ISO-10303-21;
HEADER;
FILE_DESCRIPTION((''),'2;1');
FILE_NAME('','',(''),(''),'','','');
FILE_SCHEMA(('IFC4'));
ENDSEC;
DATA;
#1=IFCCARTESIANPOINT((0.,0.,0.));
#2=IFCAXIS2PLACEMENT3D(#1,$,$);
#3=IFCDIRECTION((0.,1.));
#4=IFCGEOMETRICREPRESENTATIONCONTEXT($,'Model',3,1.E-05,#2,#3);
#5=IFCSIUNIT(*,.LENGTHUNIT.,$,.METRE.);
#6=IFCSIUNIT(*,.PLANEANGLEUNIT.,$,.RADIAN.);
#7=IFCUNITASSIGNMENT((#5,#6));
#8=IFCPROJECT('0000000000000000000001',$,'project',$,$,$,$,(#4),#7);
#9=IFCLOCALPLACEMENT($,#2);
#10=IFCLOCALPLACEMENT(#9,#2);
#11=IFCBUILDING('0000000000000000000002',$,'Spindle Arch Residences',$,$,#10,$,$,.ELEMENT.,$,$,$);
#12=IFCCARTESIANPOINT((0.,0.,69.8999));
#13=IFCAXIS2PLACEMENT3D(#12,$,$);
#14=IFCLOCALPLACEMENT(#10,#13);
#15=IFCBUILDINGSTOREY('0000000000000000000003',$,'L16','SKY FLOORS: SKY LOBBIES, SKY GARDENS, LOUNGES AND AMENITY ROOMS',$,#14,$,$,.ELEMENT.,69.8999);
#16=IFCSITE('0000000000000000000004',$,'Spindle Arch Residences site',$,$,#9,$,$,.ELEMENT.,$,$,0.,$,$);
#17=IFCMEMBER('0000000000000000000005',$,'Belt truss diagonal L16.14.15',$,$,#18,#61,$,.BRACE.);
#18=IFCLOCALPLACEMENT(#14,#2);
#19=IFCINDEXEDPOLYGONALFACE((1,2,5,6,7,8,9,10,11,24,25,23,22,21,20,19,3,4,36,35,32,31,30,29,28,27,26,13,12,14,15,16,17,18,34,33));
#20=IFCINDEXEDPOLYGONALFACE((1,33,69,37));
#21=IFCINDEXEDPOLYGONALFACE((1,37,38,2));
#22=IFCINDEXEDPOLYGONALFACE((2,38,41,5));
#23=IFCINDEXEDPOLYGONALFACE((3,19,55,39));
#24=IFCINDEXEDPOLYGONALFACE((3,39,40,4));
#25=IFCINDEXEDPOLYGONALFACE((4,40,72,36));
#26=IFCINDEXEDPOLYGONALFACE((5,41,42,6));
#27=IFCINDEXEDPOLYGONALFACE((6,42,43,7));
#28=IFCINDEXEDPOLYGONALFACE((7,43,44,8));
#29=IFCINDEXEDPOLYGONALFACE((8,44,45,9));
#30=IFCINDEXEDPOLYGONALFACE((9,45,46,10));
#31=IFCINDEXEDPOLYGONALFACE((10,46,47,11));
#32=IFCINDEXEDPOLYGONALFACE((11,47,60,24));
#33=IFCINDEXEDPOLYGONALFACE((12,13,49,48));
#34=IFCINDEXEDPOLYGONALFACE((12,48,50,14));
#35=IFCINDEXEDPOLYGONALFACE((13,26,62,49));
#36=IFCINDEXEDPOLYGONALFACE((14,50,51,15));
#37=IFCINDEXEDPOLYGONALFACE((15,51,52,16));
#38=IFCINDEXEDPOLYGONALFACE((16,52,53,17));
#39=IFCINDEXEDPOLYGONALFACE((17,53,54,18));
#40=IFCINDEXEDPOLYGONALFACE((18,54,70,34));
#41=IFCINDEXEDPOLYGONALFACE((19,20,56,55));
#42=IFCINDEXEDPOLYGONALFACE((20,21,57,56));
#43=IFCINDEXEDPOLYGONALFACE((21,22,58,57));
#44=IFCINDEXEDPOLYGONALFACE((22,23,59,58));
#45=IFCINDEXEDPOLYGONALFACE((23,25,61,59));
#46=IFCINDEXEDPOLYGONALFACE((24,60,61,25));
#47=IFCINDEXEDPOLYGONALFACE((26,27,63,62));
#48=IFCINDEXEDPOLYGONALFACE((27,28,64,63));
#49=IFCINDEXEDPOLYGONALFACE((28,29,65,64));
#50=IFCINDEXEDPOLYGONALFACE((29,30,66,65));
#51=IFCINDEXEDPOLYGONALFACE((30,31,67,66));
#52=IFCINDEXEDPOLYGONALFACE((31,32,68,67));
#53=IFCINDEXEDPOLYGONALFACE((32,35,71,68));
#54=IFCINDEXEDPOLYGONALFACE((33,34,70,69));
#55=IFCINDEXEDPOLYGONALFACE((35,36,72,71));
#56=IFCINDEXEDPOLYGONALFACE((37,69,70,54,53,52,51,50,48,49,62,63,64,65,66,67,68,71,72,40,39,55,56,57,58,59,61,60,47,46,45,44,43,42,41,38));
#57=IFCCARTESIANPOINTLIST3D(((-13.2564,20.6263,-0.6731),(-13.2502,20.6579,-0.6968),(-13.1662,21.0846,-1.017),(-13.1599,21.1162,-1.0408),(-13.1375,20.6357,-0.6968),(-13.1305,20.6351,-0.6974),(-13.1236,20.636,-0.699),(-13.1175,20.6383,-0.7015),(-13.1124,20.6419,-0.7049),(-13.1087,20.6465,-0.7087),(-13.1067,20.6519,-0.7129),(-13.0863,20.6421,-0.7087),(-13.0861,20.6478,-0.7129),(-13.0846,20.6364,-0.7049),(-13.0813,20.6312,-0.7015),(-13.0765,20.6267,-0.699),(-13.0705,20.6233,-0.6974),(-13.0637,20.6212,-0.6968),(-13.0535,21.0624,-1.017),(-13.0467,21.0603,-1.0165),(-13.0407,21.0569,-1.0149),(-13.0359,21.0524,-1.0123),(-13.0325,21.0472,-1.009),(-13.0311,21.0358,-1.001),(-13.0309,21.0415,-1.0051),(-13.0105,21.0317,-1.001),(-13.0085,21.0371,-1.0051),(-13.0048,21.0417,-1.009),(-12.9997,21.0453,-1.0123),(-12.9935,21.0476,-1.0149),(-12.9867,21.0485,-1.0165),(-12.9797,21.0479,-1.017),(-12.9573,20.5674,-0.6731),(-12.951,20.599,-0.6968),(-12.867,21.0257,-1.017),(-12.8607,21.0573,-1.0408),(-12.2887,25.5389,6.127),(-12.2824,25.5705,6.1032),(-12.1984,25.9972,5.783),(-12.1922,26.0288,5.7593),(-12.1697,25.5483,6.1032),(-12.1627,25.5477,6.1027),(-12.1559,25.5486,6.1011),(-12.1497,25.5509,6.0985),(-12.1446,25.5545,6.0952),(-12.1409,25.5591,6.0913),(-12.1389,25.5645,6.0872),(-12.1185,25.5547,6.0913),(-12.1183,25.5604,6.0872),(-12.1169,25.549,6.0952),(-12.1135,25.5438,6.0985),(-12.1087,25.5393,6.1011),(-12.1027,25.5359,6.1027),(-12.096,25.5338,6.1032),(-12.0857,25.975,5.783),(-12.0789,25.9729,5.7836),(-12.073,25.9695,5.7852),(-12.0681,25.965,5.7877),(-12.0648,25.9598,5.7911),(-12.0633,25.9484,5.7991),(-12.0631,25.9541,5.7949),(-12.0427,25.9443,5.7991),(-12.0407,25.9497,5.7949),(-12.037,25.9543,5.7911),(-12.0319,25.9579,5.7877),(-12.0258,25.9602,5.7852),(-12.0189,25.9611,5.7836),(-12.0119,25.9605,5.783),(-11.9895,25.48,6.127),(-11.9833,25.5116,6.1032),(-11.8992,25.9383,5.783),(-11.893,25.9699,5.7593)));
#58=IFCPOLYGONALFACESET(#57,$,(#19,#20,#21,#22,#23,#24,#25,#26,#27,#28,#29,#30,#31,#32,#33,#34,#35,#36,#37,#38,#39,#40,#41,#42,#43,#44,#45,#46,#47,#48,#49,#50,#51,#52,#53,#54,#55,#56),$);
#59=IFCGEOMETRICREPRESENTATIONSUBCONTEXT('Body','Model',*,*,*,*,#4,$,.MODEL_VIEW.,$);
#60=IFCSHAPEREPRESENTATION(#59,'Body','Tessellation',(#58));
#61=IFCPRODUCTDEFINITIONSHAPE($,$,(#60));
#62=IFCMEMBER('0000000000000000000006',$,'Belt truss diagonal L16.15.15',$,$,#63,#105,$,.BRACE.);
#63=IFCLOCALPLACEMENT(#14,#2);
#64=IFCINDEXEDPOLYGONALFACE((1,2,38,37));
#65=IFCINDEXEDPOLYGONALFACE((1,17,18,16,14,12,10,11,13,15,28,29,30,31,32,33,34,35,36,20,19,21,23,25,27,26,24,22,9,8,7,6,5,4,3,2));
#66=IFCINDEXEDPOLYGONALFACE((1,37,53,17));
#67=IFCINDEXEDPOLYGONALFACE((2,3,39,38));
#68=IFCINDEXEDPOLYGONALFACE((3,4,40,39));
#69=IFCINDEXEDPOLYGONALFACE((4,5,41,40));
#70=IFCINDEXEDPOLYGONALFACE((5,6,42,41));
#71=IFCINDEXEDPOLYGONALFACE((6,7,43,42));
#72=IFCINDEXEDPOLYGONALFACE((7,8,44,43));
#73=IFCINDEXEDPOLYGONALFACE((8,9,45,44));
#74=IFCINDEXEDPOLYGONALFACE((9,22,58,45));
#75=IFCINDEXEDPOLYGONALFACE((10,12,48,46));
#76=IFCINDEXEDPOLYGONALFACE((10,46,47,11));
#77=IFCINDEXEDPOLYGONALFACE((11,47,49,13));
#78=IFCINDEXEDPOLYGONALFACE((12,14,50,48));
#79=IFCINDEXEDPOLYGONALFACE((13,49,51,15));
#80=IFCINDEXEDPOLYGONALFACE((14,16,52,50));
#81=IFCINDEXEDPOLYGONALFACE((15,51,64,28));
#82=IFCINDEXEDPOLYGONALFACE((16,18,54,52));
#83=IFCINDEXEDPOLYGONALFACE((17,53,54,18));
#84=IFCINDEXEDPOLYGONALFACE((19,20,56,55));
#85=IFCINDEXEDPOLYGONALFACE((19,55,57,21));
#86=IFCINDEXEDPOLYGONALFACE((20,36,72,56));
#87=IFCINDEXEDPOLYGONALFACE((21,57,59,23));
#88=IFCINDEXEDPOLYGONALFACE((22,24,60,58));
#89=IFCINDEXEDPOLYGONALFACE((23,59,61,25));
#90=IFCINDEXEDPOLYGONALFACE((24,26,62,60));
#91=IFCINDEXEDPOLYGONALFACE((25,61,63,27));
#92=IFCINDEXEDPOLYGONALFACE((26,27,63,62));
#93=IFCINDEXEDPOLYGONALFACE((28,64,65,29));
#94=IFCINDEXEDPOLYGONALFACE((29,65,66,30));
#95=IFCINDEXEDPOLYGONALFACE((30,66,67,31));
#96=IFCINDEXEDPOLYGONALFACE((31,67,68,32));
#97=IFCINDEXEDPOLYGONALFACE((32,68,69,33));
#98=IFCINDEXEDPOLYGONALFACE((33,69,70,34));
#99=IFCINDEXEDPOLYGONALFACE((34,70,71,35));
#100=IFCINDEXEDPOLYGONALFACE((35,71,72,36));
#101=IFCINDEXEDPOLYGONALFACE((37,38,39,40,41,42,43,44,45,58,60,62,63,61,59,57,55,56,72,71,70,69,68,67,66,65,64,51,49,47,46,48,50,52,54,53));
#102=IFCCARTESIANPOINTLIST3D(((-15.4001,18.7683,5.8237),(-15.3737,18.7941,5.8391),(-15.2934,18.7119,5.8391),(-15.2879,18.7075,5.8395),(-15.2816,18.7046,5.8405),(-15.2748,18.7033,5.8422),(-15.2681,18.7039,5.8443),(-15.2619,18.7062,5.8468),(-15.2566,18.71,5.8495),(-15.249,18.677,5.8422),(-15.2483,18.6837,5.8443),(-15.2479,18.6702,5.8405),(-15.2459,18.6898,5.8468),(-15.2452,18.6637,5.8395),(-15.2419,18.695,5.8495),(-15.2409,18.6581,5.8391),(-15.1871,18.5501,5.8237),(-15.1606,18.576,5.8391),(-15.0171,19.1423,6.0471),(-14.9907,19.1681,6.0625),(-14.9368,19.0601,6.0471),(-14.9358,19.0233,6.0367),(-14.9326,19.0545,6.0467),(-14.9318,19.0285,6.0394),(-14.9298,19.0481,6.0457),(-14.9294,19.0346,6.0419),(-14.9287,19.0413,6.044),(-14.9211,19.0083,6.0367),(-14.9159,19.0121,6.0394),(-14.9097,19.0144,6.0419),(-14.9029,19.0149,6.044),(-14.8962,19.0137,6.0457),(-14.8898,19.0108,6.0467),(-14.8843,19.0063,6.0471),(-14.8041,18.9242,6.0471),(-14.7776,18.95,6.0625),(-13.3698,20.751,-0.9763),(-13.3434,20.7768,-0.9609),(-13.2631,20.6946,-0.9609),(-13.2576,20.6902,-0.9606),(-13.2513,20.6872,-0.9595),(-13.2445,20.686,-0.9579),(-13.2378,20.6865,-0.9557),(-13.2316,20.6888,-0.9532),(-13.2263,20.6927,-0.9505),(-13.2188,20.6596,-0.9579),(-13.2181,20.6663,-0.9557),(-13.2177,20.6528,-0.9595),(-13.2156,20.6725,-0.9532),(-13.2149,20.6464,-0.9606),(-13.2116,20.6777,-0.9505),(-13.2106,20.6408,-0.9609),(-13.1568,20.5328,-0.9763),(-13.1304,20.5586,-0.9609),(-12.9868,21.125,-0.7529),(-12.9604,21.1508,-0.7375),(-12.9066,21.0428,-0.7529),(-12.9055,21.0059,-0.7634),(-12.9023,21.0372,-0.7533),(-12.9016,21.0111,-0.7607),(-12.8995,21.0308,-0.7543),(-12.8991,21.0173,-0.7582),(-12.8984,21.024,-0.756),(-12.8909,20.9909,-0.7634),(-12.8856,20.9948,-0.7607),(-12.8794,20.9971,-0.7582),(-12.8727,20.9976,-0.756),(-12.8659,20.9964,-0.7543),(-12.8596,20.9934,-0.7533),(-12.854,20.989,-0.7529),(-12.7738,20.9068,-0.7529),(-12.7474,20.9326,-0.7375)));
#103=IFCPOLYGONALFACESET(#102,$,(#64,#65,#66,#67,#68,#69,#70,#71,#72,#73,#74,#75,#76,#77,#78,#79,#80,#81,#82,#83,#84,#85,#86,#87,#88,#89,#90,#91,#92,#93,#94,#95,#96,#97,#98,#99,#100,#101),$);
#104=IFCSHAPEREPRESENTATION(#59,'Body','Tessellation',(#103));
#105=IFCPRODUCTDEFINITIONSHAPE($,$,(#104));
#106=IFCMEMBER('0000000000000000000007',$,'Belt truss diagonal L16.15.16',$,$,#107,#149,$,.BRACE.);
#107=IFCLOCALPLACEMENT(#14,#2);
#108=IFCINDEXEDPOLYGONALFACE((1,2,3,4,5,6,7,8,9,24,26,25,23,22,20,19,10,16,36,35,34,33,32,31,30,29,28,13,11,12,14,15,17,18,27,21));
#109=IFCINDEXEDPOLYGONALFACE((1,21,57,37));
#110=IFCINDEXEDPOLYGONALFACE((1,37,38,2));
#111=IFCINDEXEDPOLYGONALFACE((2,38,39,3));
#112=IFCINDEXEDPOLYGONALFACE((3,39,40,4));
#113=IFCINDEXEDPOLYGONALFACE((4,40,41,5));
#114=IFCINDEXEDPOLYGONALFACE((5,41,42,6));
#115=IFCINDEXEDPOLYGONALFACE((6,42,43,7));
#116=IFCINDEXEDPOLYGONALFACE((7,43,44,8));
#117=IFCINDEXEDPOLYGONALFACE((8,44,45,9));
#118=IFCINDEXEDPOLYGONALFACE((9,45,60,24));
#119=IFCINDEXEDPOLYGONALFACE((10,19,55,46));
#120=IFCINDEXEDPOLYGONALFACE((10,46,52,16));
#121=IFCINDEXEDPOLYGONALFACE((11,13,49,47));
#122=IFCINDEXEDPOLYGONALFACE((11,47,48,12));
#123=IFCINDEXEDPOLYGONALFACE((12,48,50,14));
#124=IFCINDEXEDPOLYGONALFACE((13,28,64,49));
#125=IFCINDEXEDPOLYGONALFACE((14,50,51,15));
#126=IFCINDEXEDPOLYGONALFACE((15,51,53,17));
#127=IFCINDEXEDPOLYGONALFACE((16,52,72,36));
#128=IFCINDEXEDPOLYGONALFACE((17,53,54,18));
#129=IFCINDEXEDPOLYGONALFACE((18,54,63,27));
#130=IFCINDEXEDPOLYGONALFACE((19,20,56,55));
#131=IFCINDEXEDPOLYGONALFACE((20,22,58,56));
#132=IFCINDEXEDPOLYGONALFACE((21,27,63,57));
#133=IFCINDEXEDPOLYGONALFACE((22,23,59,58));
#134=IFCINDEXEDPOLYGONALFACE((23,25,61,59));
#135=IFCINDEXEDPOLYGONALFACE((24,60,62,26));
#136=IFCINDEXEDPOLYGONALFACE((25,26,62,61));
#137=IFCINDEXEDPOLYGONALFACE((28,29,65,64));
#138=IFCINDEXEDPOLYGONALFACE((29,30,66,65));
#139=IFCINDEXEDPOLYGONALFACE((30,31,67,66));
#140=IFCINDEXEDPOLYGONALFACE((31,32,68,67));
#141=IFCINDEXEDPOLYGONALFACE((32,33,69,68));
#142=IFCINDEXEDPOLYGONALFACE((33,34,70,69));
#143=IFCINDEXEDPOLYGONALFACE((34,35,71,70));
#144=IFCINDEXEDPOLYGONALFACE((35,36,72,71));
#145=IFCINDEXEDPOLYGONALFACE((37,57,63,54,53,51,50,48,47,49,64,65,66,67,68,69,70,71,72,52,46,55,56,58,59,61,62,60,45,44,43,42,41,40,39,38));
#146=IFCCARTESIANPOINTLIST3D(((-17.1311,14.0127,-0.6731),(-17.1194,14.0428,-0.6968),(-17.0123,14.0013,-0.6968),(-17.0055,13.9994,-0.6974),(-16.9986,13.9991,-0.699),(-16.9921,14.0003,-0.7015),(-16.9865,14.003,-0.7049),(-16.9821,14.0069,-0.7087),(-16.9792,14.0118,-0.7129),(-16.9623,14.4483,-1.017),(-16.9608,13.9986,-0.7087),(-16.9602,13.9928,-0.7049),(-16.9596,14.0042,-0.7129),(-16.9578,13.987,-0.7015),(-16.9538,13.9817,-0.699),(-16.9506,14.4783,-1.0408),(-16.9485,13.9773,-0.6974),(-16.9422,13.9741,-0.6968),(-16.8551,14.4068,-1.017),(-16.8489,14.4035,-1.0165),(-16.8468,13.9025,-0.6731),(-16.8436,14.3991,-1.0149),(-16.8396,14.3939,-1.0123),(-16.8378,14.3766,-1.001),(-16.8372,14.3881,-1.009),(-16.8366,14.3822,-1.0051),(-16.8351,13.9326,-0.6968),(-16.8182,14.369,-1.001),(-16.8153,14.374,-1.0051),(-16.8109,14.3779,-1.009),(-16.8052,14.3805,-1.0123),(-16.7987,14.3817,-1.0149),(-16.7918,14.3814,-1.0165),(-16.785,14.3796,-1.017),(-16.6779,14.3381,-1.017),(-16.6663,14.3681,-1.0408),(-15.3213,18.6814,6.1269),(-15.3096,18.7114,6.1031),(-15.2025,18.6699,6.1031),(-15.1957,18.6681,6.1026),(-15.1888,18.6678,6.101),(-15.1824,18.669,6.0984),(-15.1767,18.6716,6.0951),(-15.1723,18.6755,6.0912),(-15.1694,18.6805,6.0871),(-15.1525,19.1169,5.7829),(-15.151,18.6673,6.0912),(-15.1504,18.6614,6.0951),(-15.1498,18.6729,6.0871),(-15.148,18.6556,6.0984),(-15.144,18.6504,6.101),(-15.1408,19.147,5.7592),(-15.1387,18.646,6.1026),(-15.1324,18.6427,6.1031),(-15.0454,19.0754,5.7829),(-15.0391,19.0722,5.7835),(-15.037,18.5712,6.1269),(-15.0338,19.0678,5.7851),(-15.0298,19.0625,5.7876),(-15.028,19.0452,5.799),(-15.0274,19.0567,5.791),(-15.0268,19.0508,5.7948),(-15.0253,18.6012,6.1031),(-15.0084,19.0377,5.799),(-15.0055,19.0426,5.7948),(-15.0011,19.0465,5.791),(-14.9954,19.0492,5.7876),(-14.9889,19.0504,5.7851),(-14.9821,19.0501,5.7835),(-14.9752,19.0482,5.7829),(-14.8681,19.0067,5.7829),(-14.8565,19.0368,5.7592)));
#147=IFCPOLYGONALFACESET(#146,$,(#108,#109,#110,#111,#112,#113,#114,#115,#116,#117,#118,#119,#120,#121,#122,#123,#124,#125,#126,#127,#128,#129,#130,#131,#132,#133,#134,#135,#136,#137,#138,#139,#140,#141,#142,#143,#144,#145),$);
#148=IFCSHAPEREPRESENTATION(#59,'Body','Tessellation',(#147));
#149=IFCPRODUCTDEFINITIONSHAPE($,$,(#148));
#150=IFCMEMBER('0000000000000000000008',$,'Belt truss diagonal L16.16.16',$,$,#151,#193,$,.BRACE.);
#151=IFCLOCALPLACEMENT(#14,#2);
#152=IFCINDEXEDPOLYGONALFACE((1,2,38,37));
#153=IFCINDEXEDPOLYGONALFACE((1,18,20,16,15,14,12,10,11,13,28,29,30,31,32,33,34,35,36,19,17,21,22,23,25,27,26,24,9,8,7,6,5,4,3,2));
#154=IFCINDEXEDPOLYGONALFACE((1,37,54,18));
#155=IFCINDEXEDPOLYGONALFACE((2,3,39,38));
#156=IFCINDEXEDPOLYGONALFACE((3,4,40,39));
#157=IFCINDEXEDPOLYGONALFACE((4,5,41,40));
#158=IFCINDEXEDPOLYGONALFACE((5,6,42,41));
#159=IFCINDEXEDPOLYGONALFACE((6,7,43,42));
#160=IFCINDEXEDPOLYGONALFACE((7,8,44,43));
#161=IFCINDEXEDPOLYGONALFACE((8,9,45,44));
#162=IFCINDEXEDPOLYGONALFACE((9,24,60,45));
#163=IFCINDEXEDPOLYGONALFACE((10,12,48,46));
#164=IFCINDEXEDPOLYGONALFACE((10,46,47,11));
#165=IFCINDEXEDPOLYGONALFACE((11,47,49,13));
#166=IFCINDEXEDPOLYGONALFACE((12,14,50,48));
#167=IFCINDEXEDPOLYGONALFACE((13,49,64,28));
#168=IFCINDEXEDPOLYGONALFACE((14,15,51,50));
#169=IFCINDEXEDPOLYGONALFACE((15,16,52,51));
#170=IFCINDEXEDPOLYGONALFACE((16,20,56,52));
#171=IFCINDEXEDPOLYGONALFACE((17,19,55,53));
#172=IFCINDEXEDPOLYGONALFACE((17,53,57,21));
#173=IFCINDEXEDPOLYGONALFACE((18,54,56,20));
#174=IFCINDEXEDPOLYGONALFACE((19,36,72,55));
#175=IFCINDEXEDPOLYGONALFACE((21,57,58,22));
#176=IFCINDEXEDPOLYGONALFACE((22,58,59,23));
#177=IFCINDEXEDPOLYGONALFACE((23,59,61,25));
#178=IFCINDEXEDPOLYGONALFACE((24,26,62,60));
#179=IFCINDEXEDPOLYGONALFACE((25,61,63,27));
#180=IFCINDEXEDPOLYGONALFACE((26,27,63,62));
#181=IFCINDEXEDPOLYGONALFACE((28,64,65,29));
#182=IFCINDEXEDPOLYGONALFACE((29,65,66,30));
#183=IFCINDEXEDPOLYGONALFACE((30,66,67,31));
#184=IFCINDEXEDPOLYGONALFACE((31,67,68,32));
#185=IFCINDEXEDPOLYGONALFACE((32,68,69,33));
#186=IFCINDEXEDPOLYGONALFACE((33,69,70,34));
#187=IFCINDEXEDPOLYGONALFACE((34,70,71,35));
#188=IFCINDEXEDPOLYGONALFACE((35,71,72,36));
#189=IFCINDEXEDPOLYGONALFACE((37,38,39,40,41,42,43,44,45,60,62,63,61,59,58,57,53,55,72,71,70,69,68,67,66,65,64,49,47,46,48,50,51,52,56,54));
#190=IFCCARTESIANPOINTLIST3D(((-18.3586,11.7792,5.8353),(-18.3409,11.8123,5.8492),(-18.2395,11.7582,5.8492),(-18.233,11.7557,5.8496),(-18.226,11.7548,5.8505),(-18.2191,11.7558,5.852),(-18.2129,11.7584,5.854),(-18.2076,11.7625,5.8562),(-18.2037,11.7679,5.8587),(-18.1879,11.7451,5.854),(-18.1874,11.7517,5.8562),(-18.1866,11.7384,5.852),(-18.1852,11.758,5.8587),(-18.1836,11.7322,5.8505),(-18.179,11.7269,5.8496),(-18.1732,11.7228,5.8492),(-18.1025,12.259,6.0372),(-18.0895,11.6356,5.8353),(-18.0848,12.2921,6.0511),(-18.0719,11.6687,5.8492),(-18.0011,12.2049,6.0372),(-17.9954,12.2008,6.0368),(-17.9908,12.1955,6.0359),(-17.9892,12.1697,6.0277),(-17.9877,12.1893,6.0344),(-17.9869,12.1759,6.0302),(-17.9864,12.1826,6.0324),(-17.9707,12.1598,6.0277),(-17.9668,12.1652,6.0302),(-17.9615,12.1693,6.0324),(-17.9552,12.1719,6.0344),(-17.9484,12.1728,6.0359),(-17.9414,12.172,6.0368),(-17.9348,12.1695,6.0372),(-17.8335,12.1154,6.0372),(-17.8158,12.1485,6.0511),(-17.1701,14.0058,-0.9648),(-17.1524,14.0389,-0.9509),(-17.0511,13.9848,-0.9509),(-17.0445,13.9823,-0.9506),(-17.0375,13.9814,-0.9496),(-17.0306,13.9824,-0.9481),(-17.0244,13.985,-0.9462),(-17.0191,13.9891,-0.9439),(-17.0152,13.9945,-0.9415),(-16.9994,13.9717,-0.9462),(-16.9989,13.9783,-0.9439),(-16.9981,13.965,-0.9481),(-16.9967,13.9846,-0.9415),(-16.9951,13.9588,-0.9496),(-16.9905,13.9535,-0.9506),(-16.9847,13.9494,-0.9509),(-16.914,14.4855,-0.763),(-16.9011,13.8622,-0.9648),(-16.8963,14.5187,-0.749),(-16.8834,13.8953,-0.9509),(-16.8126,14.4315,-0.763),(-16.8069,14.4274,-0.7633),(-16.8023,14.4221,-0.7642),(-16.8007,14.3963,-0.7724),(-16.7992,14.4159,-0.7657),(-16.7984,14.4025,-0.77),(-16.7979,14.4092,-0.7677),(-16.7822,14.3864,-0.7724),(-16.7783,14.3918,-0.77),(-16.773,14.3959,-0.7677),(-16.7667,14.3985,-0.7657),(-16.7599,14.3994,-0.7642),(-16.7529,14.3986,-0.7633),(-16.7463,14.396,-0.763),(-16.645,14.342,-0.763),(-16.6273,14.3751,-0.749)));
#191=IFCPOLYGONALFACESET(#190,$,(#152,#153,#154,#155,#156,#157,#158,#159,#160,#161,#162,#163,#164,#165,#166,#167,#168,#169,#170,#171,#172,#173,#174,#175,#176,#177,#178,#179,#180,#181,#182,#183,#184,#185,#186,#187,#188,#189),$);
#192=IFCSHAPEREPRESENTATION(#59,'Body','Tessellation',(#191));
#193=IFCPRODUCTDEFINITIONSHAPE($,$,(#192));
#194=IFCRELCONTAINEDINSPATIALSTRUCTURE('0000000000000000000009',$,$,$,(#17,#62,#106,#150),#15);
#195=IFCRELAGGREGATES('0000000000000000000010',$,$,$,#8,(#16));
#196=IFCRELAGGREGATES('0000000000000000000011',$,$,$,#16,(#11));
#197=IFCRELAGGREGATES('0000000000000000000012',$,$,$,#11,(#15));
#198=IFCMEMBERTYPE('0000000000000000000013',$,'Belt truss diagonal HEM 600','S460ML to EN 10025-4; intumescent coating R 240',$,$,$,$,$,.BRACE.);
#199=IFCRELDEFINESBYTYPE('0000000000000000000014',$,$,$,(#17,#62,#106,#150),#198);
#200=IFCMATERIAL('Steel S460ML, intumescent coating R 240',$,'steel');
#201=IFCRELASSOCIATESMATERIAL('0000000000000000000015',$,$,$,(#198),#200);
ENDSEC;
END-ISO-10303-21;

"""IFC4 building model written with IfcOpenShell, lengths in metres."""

from ifc_helpers import new_model, si_unit, direction, frame, origin, origin_2d, place, context, subcontext, project, spatial, i_section, extrude, material, material_profile, profile_set, type_object, element, save


model = new_model("IFC4")

# Units and contexts
model_context = context("Model", 3, precision=1e-05, world=origin(), true_north=direction((0.0, 1.0)))
body_context = subcontext(model_context, "Body", "Model", "MODEL_VIEW")
ifc_project = project(units=[si_unit("LENGTHUNIT", "METRE"), si_unit("PLANEANGLEUNIT", "RADIAN")], contexts=[model_context])

# Site, building, storey
site_placement = place(None, origin())
site = spatial("IfcSite", under=ifc_project, at=site_placement, Name="Spindle Arch Residences site", CompositionType="ELEMENT", RefElevation=0.0)
building_placement = place(site_placement, origin())
building = spatial("IfcBuilding", under=site, at=building_placement, Name="Spindle Arch Residences", CompositionType="ELEMENT")
storey_placement = place(building_placement, frame((0.0, 0.0, 69.8999)))
storey = spatial("IfcBuildingStorey", under=building, at=storey_placement, Name="L16", Description="SKY FLOORS: SKY LOBBIES, SKY GARDENS, LOUNGES AND AMENITY ROOMS", CompositionType="ELEMENT", Elevation=69.8999)

# Members
ifc_material_1 = material(Name="Steel S460ML, intumescent coating R 240", Category="steel")
ifc_material_profile_1 = material_profile(ifc_material_1, i_section(OverallWidth=0.3049, OverallDepth=0.6201, WebThickness=0.021, FlangeThickness=0.04, FilletRadius=0.0271, at=origin_2d()), Name="HEM 600")
ifc_profile_set_1 = profile_set([ifc_material_profile_1], Name="Steel S460ML, intumescent coating R 240")
member_type_1 = type_object("IfcMemberType", Name="Belt truss diagonal HEM 600", Description="S460ML to EN 10025-4; intumescent coating R 240", PredefinedType="BRACE", material=ifc_profile_set_1)
member_1_placement = place(storey_placement, frame((-13.0586, 20.8418, -0.8569), z_axis=(0.114603, 0.581746, 0.805256), x_axis=(-0.981143, 0.193284, 0.0)))
element("IfcMember", 1, at=member_1_placement, inside=storey, type_object=member_type_1, Name="Belt truss diagonal L16.14.15", PredefinedType="BRACE", context=body_context, shape_type="SweptSolid", body=[
    extrude(i_section(OverallWidth=0.3049, OverallDepth=0.6201, WebThickness=0.021, FlangeThickness=0.04, FilletRadius=0.0271, at=origin_2d()), origin(), (0.0, 0.0, 1.0), 8.4446),
])
member_2_placement = place(storey_placement, frame((-13.0586, 20.8418, -0.8569), z_axis=(-0.275537, -0.269076, 0.922864), x_axis=(0.698669, -0.715445, 0.0)))
element("IfcMember", 2, at=member_2_placement, inside=storey, type_object=member_type_1, Name="Belt truss diagonal L16.15.15", PredefinedType="BRACE", context=body_context, shape_type="SweptSolid", body=[
    extrude(i_section(OverallWidth=0.3049, OverallDepth=0.6201, WebThickness=0.021, FlangeThickness=0.04, FilletRadius=0.0271, at=origin_2d()), origin(), (0.0, 0.0, 1.0), 7.3684),
])
member_3_placement = place(storey_placement, frame((-16.8987, 14.1904, -0.8569), z_axis=(0.214314, 0.552856, 0.805245), x_axis=(-0.932395, 0.361441, 0.0)))
element("IfcMember", 3, at=member_3_placement, inside=storey, type_object=member_type_1, Name="Belt truss diagonal L16.15.16", PredefinedType="BRACE", context=body_context, shape_type="SweptSolid", body=[
    extrude(i_section(OverallWidth=0.3049, OverallDepth=0.6201, WebThickness=0.021, FlangeThickness=0.04, FilletRadius=0.0271, at=origin_2d()), origin(), (0.0, 0.0, 1.0), 8.4446),
])
member_4_placement = place(storey_placement, frame((-16.8987, 14.1904, -0.8569), z_axis=(-0.163853, -0.306971, 0.937508), x_axis=(0.882192, -0.470889, 0.0)))
element("IfcMember", 4, at=member_4_placement, inside=storey, type_object=member_type_1, Name="Belt truss diagonal L16.16.16", PredefinedType="BRACE", context=body_context, shape_type="SweptSolid", body=[
    extrude(i_section(OverallWidth=0.3049, OverallDepth=0.6201, WebThickness=0.021, FlangeThickness=0.04, FilletRadius=0.0271, at=origin_2d()), origin(), (0.0, 0.0, 1.0), 7.2534),
])

save(model, "model.ifc")
